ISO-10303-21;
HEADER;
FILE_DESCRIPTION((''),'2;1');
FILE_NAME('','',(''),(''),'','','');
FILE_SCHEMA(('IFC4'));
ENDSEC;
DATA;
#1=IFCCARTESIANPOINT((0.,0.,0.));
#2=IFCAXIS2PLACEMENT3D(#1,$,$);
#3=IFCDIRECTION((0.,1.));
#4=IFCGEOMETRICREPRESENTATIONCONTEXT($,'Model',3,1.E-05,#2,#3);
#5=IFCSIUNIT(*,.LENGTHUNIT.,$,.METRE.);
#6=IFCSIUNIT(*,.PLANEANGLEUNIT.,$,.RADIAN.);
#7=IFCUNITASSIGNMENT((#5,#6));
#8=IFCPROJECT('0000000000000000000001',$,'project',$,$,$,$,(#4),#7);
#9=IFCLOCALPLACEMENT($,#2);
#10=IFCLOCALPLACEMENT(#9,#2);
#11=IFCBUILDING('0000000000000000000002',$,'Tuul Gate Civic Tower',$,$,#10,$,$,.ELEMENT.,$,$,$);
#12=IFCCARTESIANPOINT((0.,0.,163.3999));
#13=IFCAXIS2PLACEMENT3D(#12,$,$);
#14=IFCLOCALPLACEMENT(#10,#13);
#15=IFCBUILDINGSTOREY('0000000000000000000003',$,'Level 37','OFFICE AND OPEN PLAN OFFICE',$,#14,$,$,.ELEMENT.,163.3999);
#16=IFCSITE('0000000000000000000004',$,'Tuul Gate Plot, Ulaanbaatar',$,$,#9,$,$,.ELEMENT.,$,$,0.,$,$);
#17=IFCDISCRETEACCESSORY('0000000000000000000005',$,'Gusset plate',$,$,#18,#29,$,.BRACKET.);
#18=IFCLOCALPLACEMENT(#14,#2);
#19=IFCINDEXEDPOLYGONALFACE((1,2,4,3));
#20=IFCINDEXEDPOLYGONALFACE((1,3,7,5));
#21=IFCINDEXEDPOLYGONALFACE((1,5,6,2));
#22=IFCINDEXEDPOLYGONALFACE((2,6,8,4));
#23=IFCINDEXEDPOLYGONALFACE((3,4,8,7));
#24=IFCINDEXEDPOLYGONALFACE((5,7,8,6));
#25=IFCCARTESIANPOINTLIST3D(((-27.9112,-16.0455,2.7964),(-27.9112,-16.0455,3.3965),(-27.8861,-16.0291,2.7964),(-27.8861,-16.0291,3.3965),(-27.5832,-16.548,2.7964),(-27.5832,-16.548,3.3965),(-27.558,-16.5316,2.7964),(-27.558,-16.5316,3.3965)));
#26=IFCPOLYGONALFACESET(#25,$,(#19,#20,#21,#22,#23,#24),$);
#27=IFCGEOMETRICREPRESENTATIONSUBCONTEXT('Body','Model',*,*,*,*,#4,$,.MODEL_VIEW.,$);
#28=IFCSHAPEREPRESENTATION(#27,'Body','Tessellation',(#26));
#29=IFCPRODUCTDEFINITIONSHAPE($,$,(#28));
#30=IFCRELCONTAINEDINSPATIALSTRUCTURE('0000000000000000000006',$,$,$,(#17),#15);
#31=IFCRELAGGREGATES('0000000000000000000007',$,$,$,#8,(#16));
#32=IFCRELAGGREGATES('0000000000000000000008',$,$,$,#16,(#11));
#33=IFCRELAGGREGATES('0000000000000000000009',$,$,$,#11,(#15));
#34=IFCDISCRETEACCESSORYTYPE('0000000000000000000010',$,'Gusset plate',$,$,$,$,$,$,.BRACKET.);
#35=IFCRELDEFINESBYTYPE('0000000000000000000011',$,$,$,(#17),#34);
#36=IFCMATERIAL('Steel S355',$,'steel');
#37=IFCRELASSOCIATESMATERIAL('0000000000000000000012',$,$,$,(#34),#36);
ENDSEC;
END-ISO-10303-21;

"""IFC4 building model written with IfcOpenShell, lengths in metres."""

from ifc_helpers import new_model, si_unit, direction, frame, origin, origin_2d, place, context, subcontext, project, spatial, rectangle, extrude, material, type_object, element, save


model = new_model("IFC4")

# Units and contexts
model_context = context("Model", 3, precision=1e-05, world=origin(), true_north=direction((0.0, 1.0)))
body_context = subcontext(model_context, "Body", "Model", "MODEL_VIEW")
ifc_project = project(units=[si_unit("LENGTHUNIT", "METRE"), si_unit("PLANEANGLEUNIT", "RADIAN")], contexts=[model_context])

# Site, building, storey
site_placement = place(None, origin())
site = spatial("IfcSite", under=ifc_project, at=site_placement, Name="Tuul Gate Plot, Ulaanbaatar", CompositionType="ELEMENT", RefElevation=0.0)
building_placement = place(site_placement, origin())
building = spatial("IfcBuilding", under=site, at=building_placement, Name="Tuul Gate Civic Tower", CompositionType="ELEMENT")
storey_placement = place(building_placement, frame((0.0, 0.0, 163.3999)))
storey = spatial("IfcBuildingStorey", under=building, at=storey_placement, Name="Level 37", Description="OFFICE AND OPEN PLAN OFFICE", CompositionType="ELEMENT", Elevation=163.3999)

# Discrete accessory
ifc_material_1 = material(Name="Steel S355", Category="steel")
discrete_accessory_type = type_object("IfcDiscreteAccessoryType", Name="Gusset plate", PredefinedType="BRACKET", material=ifc_material_1)
discrete_accessory_placement = place(storey_placement, frame((-27.7346, -16.2886, 2.7964), z_axis=(0.0, 0.0, 1.0), x_axis=(-0.546711, 0.837322, 0.0)))
element("IfcDiscreteAccessory", 1, at=discrete_accessory_placement, inside=storey, type_object=discrete_accessory_type, Name="Gusset plate", PredefinedType="BRACKET", context=body_context, shape_type="SweptSolid", body=[
    extrude(rectangle(XDim=0.6001, YDim=0.03, at=origin_2d()), origin(), (0.0, 0.0, 1.0), 0.6001),
])

save(model, "model.ifc")
